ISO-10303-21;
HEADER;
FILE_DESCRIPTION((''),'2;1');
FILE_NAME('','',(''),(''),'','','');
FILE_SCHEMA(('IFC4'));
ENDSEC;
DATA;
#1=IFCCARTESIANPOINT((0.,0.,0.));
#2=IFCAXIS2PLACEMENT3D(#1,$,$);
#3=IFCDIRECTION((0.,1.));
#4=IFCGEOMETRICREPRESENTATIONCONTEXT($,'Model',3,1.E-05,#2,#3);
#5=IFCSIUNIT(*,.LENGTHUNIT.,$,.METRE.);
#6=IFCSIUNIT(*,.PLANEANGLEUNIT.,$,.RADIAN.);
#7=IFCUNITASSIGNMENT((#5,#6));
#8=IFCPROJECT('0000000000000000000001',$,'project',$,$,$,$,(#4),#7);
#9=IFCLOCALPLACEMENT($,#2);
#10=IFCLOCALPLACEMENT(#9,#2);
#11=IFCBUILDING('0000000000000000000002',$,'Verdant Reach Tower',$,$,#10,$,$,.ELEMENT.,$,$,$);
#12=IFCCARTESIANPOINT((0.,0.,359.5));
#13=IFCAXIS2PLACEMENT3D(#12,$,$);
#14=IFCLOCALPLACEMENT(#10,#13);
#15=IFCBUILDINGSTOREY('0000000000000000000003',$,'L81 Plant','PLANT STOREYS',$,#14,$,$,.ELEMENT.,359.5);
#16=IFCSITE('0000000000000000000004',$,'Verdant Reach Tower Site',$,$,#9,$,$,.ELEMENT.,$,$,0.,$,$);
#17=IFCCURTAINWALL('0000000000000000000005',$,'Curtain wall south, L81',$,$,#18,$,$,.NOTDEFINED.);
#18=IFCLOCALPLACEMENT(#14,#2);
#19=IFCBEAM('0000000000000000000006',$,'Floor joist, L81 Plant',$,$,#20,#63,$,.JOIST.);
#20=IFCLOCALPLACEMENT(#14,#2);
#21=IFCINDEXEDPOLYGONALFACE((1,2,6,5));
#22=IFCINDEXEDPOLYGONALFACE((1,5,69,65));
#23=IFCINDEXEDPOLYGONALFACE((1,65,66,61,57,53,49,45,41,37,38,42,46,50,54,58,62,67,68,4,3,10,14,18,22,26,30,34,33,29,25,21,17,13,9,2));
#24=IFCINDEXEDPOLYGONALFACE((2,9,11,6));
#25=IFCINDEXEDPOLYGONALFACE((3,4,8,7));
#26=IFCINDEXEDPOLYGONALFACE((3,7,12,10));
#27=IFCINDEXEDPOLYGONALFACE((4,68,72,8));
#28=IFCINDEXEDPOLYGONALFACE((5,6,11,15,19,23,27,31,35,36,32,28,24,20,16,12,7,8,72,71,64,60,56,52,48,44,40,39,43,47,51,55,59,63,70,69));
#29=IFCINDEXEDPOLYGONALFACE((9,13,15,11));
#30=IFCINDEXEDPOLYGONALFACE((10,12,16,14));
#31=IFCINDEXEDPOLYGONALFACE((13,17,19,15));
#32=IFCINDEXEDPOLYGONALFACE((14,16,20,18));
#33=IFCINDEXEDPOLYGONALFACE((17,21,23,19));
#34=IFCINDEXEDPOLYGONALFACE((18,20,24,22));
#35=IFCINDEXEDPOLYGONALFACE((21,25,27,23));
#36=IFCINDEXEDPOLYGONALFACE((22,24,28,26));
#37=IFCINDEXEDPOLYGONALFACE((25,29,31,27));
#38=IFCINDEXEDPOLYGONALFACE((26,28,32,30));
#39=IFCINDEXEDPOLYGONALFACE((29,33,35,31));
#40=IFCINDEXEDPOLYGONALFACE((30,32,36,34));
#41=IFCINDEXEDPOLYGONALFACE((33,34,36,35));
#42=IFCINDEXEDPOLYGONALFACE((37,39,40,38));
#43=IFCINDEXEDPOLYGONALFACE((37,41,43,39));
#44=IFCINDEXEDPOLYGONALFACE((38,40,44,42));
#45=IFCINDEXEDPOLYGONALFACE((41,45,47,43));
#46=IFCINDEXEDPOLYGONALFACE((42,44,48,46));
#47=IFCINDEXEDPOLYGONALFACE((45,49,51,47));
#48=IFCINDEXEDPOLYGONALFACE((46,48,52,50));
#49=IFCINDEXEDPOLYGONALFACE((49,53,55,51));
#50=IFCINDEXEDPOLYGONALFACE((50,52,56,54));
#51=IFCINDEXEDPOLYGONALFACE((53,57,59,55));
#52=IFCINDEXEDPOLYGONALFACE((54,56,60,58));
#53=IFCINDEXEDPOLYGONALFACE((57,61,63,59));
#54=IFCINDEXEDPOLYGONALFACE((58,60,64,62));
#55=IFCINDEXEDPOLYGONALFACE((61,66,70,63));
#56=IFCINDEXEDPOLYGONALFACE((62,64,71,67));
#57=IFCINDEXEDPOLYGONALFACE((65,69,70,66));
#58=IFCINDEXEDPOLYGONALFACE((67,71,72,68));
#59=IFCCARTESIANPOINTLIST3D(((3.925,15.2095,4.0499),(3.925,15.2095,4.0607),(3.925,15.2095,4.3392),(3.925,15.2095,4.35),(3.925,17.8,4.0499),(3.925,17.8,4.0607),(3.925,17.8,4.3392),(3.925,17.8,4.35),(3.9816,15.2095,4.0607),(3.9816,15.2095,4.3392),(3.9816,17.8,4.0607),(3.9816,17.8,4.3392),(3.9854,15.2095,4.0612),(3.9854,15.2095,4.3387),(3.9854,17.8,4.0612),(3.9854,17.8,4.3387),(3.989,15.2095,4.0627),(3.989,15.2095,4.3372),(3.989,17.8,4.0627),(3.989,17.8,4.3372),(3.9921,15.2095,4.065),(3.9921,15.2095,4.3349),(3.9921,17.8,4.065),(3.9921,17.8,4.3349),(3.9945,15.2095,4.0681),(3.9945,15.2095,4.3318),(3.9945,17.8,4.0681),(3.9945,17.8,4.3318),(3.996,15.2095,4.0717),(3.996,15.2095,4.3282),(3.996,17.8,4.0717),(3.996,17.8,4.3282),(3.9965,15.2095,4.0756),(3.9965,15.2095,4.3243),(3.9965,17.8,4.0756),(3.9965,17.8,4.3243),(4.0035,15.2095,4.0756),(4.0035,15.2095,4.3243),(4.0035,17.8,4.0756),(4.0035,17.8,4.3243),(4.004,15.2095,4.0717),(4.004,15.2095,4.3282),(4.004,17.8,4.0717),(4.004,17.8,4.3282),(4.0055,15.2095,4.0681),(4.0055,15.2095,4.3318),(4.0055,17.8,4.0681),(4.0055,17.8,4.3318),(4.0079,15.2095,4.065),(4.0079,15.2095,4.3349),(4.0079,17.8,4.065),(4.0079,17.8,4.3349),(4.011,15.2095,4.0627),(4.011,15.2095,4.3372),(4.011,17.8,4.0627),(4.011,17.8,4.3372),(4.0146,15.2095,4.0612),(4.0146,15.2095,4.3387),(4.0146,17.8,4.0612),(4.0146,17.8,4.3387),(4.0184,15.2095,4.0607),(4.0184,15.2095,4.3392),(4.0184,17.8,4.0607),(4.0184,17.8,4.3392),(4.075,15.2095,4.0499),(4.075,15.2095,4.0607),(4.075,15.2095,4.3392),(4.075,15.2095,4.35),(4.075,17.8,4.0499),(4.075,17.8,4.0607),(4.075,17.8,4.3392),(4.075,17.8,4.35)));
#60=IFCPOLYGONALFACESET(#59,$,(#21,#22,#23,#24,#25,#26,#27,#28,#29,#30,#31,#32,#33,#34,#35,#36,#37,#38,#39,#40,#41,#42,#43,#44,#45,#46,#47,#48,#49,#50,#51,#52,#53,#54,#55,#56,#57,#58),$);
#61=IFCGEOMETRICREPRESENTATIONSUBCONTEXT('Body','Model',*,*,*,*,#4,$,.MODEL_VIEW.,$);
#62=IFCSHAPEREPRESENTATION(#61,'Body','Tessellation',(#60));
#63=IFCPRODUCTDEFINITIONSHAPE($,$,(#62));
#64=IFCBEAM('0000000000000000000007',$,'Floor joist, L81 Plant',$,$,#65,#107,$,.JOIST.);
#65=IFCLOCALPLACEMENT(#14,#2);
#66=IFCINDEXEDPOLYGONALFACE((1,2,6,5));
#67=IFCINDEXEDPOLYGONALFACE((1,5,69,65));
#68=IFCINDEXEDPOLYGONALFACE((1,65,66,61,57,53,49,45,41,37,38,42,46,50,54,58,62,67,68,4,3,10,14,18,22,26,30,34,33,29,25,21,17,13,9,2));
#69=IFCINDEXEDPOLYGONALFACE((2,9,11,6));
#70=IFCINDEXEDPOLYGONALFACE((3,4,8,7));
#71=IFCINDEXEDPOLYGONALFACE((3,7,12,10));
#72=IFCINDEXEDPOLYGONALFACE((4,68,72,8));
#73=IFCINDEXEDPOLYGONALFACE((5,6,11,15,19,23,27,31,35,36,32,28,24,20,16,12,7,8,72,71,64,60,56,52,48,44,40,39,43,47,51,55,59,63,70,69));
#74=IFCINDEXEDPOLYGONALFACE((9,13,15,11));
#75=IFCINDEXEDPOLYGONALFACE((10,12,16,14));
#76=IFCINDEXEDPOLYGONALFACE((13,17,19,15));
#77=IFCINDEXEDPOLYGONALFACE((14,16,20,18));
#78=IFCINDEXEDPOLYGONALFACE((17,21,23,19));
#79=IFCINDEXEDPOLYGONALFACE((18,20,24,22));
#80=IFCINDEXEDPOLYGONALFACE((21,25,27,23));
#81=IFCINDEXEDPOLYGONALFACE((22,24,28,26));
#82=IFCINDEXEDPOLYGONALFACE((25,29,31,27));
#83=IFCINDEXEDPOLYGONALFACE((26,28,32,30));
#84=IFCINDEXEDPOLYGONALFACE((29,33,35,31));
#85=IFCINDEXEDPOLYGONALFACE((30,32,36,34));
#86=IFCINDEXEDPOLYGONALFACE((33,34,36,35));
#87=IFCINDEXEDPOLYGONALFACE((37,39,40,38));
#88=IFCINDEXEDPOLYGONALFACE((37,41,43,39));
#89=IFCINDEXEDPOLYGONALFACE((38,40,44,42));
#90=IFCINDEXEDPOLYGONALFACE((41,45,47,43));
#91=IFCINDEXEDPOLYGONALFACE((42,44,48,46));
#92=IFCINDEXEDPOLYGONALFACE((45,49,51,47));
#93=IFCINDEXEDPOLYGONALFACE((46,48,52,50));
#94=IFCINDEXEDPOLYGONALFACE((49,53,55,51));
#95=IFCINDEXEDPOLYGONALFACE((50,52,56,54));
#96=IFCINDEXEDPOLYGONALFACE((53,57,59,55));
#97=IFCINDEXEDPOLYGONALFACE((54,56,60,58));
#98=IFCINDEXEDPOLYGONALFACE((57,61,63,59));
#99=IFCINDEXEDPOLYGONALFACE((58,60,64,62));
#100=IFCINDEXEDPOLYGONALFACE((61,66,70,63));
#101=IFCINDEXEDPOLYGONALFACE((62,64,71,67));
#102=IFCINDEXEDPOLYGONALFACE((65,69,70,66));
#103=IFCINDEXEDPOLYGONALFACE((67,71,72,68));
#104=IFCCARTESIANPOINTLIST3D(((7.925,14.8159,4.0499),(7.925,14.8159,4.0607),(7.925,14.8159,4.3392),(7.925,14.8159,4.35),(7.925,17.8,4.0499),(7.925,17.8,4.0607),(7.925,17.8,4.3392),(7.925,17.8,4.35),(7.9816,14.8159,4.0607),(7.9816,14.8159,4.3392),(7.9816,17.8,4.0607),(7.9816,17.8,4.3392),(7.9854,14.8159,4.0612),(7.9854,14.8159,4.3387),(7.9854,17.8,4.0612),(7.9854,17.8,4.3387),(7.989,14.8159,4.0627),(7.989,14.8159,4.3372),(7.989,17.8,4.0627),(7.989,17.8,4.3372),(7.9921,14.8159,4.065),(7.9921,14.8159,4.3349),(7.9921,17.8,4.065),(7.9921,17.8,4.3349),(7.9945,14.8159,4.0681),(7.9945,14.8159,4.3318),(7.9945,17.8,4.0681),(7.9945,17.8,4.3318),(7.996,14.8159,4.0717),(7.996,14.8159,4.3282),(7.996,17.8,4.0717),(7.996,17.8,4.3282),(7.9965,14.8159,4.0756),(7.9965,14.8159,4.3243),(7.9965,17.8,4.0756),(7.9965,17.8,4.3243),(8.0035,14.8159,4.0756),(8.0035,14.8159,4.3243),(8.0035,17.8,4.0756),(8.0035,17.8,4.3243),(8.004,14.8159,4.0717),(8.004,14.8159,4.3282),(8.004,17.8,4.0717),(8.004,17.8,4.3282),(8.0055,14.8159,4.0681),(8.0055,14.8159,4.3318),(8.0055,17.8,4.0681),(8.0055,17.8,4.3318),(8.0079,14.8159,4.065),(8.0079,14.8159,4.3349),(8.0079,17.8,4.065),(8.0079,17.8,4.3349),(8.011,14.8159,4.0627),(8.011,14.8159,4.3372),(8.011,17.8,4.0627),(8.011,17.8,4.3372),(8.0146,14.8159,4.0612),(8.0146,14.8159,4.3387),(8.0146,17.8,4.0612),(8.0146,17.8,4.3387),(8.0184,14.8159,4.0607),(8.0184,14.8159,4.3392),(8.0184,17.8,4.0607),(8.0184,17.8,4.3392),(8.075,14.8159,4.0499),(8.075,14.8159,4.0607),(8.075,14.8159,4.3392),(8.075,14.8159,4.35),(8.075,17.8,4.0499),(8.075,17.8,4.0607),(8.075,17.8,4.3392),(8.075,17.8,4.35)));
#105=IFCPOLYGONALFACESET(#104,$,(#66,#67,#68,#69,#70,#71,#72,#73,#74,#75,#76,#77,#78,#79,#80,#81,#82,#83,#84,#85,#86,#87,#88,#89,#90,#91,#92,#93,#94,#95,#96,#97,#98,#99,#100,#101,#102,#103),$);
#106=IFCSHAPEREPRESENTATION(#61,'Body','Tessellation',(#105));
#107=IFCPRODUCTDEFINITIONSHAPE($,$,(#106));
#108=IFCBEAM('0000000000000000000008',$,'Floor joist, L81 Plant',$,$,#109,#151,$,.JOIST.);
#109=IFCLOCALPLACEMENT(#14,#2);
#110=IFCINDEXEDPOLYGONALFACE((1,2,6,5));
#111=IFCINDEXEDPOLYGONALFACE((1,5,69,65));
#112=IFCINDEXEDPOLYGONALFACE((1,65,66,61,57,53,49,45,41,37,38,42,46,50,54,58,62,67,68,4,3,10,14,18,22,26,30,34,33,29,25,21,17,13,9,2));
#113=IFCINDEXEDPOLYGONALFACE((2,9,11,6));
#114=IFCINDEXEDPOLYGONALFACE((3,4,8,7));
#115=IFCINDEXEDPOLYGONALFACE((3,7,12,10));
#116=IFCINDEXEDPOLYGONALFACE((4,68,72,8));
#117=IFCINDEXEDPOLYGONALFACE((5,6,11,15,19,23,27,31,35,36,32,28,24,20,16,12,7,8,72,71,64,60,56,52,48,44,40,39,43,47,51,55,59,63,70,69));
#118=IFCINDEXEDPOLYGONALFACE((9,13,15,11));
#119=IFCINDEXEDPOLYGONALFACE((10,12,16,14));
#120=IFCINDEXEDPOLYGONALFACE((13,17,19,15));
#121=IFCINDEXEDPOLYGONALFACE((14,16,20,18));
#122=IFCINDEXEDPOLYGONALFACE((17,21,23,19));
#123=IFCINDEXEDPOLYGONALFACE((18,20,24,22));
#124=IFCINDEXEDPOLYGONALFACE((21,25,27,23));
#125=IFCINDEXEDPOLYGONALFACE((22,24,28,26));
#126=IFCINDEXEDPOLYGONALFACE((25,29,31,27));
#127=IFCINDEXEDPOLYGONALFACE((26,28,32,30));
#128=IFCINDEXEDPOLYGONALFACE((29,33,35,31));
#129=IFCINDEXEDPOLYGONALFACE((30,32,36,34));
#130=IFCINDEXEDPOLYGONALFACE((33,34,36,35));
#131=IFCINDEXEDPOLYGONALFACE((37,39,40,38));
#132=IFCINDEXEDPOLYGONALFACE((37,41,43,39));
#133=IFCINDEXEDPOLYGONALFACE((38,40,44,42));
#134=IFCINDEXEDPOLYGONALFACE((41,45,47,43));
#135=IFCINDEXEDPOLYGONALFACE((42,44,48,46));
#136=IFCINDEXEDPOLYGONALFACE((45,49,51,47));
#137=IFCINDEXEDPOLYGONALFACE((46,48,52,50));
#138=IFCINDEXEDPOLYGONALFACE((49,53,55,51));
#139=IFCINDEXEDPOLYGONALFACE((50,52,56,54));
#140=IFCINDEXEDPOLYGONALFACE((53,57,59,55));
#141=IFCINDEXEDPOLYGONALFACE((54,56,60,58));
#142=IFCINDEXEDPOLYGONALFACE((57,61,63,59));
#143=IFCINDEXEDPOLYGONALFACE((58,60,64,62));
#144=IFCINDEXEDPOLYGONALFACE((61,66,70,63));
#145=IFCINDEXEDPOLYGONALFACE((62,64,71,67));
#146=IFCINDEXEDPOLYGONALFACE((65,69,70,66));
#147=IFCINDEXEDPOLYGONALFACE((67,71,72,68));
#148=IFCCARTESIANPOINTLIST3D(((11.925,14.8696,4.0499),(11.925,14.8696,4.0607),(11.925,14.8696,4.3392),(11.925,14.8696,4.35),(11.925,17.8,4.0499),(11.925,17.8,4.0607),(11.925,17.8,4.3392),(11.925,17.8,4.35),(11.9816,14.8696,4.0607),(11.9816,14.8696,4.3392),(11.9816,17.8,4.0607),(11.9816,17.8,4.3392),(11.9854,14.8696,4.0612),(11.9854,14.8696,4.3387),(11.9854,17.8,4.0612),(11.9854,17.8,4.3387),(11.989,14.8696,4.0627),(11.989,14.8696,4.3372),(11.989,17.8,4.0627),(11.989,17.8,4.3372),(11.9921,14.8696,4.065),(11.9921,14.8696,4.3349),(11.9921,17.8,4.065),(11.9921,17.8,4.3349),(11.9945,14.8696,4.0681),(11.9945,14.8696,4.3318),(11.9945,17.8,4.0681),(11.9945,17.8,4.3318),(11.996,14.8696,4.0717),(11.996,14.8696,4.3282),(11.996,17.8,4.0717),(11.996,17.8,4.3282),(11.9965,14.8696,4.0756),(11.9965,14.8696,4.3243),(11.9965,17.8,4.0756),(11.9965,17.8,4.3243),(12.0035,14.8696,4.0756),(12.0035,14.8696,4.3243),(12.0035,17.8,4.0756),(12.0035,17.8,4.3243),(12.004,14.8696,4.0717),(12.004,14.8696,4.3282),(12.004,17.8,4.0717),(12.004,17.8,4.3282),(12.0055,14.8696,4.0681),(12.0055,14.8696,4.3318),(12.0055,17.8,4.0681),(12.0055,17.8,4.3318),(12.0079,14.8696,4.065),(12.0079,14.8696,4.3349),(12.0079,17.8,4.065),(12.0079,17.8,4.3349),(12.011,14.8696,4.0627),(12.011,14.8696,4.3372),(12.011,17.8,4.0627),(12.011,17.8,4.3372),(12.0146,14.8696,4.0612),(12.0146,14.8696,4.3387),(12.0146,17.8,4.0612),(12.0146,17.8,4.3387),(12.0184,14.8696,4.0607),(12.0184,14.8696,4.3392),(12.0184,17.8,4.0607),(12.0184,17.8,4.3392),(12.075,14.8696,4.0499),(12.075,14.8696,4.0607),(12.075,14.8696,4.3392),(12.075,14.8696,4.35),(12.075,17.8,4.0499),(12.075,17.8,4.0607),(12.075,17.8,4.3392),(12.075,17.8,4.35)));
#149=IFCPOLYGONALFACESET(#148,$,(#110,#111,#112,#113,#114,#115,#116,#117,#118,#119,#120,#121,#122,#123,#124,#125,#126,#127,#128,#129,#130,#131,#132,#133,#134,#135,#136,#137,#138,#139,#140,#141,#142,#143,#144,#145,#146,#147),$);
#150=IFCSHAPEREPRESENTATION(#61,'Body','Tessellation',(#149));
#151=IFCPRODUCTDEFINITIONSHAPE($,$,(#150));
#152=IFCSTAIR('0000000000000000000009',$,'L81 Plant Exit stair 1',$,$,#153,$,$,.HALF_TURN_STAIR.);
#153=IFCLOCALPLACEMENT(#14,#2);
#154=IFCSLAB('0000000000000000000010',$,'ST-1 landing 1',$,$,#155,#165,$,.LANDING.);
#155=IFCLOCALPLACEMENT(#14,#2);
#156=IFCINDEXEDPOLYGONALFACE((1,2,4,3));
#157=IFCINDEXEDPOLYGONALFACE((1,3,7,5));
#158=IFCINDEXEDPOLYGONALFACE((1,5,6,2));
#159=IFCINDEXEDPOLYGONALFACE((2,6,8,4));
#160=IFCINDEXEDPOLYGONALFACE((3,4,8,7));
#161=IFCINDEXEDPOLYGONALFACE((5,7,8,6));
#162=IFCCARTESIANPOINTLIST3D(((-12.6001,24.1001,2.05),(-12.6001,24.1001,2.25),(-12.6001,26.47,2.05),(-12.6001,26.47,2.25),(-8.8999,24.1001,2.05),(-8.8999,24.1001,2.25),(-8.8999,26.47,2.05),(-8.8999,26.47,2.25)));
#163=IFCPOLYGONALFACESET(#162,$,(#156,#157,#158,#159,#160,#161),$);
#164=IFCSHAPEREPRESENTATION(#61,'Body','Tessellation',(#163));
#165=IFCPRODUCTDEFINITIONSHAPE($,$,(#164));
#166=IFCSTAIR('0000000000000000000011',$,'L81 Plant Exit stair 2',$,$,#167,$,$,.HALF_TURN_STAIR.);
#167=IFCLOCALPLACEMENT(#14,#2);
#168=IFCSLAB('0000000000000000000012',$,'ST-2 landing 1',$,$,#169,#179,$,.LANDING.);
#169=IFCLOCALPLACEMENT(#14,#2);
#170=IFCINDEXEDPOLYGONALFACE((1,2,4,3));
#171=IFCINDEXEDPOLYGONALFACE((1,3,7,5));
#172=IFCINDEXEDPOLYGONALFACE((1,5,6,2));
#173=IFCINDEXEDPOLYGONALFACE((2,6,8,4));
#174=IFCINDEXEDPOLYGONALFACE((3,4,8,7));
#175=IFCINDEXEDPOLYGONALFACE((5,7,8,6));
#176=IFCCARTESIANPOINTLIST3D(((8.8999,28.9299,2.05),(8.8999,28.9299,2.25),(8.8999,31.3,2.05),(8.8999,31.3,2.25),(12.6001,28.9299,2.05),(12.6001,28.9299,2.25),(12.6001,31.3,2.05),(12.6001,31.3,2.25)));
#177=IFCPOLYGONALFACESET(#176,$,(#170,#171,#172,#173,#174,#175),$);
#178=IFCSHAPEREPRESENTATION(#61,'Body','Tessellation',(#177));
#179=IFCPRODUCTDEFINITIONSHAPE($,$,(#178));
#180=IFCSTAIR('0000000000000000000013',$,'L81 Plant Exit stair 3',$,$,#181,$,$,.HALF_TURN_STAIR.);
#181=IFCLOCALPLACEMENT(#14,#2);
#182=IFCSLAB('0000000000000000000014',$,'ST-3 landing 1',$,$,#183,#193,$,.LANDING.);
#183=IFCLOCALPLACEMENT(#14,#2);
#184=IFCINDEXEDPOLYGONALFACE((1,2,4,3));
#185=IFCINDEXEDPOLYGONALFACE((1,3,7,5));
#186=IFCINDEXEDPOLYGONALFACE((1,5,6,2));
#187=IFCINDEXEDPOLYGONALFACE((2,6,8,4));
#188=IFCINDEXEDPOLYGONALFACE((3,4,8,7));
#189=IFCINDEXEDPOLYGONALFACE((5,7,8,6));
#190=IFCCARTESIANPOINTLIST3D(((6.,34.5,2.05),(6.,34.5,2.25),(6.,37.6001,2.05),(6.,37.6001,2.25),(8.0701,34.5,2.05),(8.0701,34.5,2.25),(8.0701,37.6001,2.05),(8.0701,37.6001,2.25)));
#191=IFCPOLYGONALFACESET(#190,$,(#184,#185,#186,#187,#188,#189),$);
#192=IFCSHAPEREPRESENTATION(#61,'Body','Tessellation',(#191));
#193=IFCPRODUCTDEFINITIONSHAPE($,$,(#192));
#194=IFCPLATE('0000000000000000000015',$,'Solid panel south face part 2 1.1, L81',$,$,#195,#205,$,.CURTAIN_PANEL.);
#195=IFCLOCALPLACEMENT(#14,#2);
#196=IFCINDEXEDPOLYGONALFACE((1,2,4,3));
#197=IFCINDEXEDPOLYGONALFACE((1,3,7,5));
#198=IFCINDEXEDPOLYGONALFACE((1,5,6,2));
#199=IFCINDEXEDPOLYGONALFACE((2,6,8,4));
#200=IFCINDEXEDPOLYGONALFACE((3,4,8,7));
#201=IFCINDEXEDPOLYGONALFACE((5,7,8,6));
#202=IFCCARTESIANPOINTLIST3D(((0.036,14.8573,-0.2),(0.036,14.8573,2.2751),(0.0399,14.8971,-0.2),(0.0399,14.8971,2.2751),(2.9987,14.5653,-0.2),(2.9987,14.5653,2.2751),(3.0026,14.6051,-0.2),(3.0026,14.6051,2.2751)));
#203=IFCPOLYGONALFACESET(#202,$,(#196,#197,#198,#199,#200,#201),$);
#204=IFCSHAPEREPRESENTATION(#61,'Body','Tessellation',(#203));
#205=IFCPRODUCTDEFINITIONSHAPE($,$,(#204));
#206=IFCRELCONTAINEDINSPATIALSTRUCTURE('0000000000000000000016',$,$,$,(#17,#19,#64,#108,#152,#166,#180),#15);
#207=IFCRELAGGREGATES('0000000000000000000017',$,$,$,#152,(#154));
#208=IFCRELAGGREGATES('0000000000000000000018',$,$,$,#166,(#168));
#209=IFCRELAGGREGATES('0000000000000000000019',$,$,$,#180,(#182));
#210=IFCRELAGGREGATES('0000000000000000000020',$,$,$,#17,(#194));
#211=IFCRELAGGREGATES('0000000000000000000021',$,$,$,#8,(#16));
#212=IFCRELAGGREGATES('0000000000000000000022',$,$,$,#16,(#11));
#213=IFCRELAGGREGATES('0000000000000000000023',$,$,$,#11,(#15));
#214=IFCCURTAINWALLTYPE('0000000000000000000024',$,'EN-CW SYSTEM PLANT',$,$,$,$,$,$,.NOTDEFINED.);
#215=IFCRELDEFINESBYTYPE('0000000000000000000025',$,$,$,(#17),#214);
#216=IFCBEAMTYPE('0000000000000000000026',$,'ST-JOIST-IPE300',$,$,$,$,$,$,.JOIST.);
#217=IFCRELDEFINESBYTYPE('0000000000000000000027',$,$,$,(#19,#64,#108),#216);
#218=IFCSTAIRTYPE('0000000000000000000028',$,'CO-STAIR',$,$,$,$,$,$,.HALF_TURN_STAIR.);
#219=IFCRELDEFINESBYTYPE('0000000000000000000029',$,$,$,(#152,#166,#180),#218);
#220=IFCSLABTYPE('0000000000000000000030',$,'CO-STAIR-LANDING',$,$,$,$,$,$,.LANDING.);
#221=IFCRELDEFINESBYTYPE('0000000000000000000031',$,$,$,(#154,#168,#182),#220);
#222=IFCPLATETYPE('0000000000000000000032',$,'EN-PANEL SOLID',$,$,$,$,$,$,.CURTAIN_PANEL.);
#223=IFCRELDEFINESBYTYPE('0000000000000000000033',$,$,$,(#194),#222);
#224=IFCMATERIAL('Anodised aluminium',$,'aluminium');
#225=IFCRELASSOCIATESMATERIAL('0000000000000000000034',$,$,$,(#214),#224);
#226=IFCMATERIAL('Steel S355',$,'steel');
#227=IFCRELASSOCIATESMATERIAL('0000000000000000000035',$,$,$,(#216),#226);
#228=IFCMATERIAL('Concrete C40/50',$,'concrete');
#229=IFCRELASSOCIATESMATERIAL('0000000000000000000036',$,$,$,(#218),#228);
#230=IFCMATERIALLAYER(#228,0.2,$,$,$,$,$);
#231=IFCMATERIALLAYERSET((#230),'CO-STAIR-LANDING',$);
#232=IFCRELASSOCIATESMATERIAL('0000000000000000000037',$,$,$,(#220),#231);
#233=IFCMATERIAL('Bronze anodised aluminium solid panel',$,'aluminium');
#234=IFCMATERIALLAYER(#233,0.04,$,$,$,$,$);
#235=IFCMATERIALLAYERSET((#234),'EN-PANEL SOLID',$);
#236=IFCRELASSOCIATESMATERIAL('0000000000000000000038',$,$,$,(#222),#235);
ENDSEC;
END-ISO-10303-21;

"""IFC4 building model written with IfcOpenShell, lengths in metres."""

from ifc_helpers import new_model, si_unit, direction, frame, origin, origin_2d, place, context, subcontext, project, spatial, polyline, rectangle, i_section, outline, extrude, material, layer, layer_set, material_profile, profile_set, type_object, element, aggregate, save


model = new_model("IFC4")

# Units and contexts
model_context = context("Model", 3, precision=1e-05, world=origin(), true_north=direction((0.0, 1.0)))
body_context = subcontext(model_context, "Body", "Model", "MODEL_VIEW")
ifc_project = project(units=[si_unit("LENGTHUNIT", "METRE"), si_unit("PLANEANGLEUNIT", "RADIAN")], contexts=[model_context])

# Site, building, storey
site_placement = place(None, origin())
site = spatial("IfcSite", under=ifc_project, at=site_placement, Name="Verdant Reach Tower Site", CompositionType="ELEMENT", RefElevation=0.0)
building_placement = place(site_placement, origin())
building = spatial("IfcBuilding", under=site, at=building_placement, Name="Verdant Reach Tower", CompositionType="ELEMENT")
storey_placement = place(building_placement, frame((0.0, 0.0, 359.5)))
storey = spatial("IfcBuildingStorey", under=building, at=storey_placement, Name="L81 Plant", Description="PLANT STOREYS", CompositionType="ELEMENT", Elevation=359.5)

# Curtain wall
ifc_material_1 = material(Name="Anodised aluminium", Category="aluminium")
curtain_wall_type = type_object("IfcCurtainWallType", Name="EN-CW SYSTEM PLANT", PredefinedType="NOTDEFINED", material=ifc_material_1)
curtain_wall_placement = place(storey_placement, origin())
curtain_wall = element("IfcCurtainWall", 1, at=curtain_wall_placement, inside=storey, type_object=curtain_wall_type, Name="Curtain wall south, L81", PredefinedType="NOTDEFINED")

# Beams
ifc_material_2 = material(Name="Steel S355", Category="steel")
ifc_material_profile_1 = material_profile(ifc_material_2, i_section(OverallWidth=0.1499, OverallDepth=0.3, WebThickness=0.0071, FlangeThickness=0.0107, FilletRadius=0.0149, at=origin_2d()), Name="IPE 300")
ifc_profile_set_1 = profile_set([ifc_material_profile_1], Name="Steel S355")
beam_type = type_object("IfcBeamType", Name="ST-JOIST-IPE300", PredefinedType="JOIST", material=ifc_profile_set_1)
beam_1_placement = place(storey_placement, frame((4.0, 17.8, 4.2), z_axis=(0.0, -1.0, 0.0), x_axis=(1.0, 0.0, 0.0)))
element("IfcBeam", 2, at=beam_1_placement, inside=storey, type_object=beam_type, Name="Floor joist, L81 Plant", PredefinedType="JOIST", context=body_context, shape_type="SweptSolid", body=[
    extrude(i_section(OverallWidth=0.1499, OverallDepth=0.3, WebThickness=0.0071, FlangeThickness=0.0107, FilletRadius=0.0149, at=origin_2d()), origin(), (0.0, 0.0, 1.0), 2.5906),
])
beam_2_placement = place(storey_placement, frame((8.0, 17.8, 4.2), z_axis=(0.0, -1.0, 0.0), x_axis=(1.0, 0.0, 0.0)))
element("IfcBeam", 3, at=beam_2_placement, inside=storey, type_object=beam_type, Name="Floor joist, L81 Plant", PredefinedType="JOIST", context=body_context, shape_type="SweptSolid", body=[
    extrude(i_section(OverallWidth=0.1499, OverallDepth=0.3, WebThickness=0.0071, FlangeThickness=0.0107, FilletRadius=0.0149, at=origin_2d()), origin(), (0.0, 0.0, 1.0), 2.9841),
])
beam_3_placement = place(storey_placement, frame((12.0, 17.8, 4.2), z_axis=(0.0, -1.0, 0.0), x_axis=(1.0, 0.0, 0.0)))
element("IfcBeam", 4, at=beam_3_placement, inside=storey, type_object=beam_type, Name="Floor joist, L81 Plant", PredefinedType="JOIST", context=body_context, shape_type="SweptSolid", body=[
    extrude(i_section(OverallWidth=0.1499, OverallDepth=0.3, WebThickness=0.0071, FlangeThickness=0.0107, FilletRadius=0.0149, at=origin_2d()), origin(), (0.0, 0.0, 1.0), 2.9304),
])

# Stairs, slabs
ifc_material_3 = material(Name="Concrete C40/50", Category="concrete")
stair_type = type_object("IfcStairType", Name="CO-STAIR", PredefinedType="HALF_TURN_STAIR", material=ifc_material_3)
stair_1_placement = place(storey_placement, origin())
stair_1 = element("IfcStair", 5, at=stair_1_placement, inside=storey, type_object=stair_type, Name="L81 Plant Exit stair 1", PredefinedType="HALF_TURN_STAIR")
ifc_layer_1 = layer(ifc_material_3, 0.2)
ifc_layer_set_1 = layer_set([ifc_layer_1], Name="CO-STAIR-LANDING")
slab_type = type_object("IfcSlabType", Name="CO-STAIR-LANDING", PredefinedType="LANDING", material=ifc_layer_set_1)
slab_1_placement = place(storey_placement, frame((0.0, 0.0, 2.05)))
slab_1 = element("IfcSlab", 6, at=slab_1_placement, type_object=slab_type, Name="ST-1 landing 1", PredefinedType="LANDING", context=body_context, shape_type="SweptSolid", body=[
    extrude(outline(polyline([(-12.6001, 26.47), (-12.6001, 24.1001), (-8.8999, 24.1001), (-8.8999, 26.47), (-12.6001, 26.47)])), origin(), (0.0, 0.0, 1.0), 0.2),
])
aggregate(stair_1, [slab_1])
stair_2_placement = place(storey_placement, origin())
stair_2 = element("IfcStair", 7, at=stair_2_placement, inside=storey, type_object=stair_type, Name="L81 Plant Exit stair 2", PredefinedType="HALF_TURN_STAIR")
slab_2_placement = place(storey_placement, frame((0.0, 0.0, 2.05)))
slab_2 = element("IfcSlab", 8, at=slab_2_placement, type_object=slab_type, Name="ST-2 landing 1", PredefinedType="LANDING", context=body_context, shape_type="SweptSolid", body=[
    extrude(outline(polyline([(12.6001, 28.9299), (12.6001, 31.3), (8.8999, 31.3), (8.8999, 28.9299), (12.6001, 28.9299)])), origin(), (0.0, 0.0, 1.0), 0.2),
])
aggregate(stair_2, [slab_2])
stair_3_placement = place(storey_placement, origin())
stair_3 = element("IfcStair", 9, at=stair_3_placement, inside=storey, type_object=stair_type, Name="L81 Plant Exit stair 3", PredefinedType="HALF_TURN_STAIR")
slab_3_placement = place(storey_placement, frame((0.0, 0.0, 2.05)))
slab_3 = element("IfcSlab", 10, at=slab_3_placement, type_object=slab_type, Name="ST-3 landing 1", PredefinedType="LANDING", context=body_context, shape_type="SweptSolid", body=[
    extrude(outline(polyline([(8.0701, 37.6001), (6.0, 37.6001), (6.0, 34.5), (8.0701, 34.5), (8.0701, 37.6001)])), origin(), (0.0, 0.0, 1.0), 0.2),
])
aggregate(stair_3, [slab_3])

# Plate
ifc_material_4 = material(Name="Bronze anodised aluminium solid panel", Category="aluminium")
ifc_layer_2 = layer(ifc_material_4, 0.04)
ifc_layer_set_2 = layer_set([ifc_layer_2], Name="EN-PANEL SOLID")
plate_type = type_object("IfcPlateType", Name="EN-PANEL SOLID", PredefinedType="CURTAIN_PANEL", material=ifc_layer_set_2)
plate_1_placement = place(storey_placement, frame((1.5193, 14.7312, -0.2), z_axis=(0.0, 0.0, 1.0), x_axis=(0.995179, -0.098075, 0.0)))
plate_1 = element("IfcPlate", 11, at=plate_1_placement, type_object=plate_type, Name="Solid panel south face part 2 1.1, L81", PredefinedType="CURTAIN_PANEL", context=body_context, shape_type="SweptSolid", body=[
    extrude(rectangle(XDim=2.9771, YDim=0.04, at=origin_2d()), origin(), (0.0, 0.0, 1.0), 2.4751),
])

aggregate(curtain_wall, [plate_1])

save(model, "model.ifc")
